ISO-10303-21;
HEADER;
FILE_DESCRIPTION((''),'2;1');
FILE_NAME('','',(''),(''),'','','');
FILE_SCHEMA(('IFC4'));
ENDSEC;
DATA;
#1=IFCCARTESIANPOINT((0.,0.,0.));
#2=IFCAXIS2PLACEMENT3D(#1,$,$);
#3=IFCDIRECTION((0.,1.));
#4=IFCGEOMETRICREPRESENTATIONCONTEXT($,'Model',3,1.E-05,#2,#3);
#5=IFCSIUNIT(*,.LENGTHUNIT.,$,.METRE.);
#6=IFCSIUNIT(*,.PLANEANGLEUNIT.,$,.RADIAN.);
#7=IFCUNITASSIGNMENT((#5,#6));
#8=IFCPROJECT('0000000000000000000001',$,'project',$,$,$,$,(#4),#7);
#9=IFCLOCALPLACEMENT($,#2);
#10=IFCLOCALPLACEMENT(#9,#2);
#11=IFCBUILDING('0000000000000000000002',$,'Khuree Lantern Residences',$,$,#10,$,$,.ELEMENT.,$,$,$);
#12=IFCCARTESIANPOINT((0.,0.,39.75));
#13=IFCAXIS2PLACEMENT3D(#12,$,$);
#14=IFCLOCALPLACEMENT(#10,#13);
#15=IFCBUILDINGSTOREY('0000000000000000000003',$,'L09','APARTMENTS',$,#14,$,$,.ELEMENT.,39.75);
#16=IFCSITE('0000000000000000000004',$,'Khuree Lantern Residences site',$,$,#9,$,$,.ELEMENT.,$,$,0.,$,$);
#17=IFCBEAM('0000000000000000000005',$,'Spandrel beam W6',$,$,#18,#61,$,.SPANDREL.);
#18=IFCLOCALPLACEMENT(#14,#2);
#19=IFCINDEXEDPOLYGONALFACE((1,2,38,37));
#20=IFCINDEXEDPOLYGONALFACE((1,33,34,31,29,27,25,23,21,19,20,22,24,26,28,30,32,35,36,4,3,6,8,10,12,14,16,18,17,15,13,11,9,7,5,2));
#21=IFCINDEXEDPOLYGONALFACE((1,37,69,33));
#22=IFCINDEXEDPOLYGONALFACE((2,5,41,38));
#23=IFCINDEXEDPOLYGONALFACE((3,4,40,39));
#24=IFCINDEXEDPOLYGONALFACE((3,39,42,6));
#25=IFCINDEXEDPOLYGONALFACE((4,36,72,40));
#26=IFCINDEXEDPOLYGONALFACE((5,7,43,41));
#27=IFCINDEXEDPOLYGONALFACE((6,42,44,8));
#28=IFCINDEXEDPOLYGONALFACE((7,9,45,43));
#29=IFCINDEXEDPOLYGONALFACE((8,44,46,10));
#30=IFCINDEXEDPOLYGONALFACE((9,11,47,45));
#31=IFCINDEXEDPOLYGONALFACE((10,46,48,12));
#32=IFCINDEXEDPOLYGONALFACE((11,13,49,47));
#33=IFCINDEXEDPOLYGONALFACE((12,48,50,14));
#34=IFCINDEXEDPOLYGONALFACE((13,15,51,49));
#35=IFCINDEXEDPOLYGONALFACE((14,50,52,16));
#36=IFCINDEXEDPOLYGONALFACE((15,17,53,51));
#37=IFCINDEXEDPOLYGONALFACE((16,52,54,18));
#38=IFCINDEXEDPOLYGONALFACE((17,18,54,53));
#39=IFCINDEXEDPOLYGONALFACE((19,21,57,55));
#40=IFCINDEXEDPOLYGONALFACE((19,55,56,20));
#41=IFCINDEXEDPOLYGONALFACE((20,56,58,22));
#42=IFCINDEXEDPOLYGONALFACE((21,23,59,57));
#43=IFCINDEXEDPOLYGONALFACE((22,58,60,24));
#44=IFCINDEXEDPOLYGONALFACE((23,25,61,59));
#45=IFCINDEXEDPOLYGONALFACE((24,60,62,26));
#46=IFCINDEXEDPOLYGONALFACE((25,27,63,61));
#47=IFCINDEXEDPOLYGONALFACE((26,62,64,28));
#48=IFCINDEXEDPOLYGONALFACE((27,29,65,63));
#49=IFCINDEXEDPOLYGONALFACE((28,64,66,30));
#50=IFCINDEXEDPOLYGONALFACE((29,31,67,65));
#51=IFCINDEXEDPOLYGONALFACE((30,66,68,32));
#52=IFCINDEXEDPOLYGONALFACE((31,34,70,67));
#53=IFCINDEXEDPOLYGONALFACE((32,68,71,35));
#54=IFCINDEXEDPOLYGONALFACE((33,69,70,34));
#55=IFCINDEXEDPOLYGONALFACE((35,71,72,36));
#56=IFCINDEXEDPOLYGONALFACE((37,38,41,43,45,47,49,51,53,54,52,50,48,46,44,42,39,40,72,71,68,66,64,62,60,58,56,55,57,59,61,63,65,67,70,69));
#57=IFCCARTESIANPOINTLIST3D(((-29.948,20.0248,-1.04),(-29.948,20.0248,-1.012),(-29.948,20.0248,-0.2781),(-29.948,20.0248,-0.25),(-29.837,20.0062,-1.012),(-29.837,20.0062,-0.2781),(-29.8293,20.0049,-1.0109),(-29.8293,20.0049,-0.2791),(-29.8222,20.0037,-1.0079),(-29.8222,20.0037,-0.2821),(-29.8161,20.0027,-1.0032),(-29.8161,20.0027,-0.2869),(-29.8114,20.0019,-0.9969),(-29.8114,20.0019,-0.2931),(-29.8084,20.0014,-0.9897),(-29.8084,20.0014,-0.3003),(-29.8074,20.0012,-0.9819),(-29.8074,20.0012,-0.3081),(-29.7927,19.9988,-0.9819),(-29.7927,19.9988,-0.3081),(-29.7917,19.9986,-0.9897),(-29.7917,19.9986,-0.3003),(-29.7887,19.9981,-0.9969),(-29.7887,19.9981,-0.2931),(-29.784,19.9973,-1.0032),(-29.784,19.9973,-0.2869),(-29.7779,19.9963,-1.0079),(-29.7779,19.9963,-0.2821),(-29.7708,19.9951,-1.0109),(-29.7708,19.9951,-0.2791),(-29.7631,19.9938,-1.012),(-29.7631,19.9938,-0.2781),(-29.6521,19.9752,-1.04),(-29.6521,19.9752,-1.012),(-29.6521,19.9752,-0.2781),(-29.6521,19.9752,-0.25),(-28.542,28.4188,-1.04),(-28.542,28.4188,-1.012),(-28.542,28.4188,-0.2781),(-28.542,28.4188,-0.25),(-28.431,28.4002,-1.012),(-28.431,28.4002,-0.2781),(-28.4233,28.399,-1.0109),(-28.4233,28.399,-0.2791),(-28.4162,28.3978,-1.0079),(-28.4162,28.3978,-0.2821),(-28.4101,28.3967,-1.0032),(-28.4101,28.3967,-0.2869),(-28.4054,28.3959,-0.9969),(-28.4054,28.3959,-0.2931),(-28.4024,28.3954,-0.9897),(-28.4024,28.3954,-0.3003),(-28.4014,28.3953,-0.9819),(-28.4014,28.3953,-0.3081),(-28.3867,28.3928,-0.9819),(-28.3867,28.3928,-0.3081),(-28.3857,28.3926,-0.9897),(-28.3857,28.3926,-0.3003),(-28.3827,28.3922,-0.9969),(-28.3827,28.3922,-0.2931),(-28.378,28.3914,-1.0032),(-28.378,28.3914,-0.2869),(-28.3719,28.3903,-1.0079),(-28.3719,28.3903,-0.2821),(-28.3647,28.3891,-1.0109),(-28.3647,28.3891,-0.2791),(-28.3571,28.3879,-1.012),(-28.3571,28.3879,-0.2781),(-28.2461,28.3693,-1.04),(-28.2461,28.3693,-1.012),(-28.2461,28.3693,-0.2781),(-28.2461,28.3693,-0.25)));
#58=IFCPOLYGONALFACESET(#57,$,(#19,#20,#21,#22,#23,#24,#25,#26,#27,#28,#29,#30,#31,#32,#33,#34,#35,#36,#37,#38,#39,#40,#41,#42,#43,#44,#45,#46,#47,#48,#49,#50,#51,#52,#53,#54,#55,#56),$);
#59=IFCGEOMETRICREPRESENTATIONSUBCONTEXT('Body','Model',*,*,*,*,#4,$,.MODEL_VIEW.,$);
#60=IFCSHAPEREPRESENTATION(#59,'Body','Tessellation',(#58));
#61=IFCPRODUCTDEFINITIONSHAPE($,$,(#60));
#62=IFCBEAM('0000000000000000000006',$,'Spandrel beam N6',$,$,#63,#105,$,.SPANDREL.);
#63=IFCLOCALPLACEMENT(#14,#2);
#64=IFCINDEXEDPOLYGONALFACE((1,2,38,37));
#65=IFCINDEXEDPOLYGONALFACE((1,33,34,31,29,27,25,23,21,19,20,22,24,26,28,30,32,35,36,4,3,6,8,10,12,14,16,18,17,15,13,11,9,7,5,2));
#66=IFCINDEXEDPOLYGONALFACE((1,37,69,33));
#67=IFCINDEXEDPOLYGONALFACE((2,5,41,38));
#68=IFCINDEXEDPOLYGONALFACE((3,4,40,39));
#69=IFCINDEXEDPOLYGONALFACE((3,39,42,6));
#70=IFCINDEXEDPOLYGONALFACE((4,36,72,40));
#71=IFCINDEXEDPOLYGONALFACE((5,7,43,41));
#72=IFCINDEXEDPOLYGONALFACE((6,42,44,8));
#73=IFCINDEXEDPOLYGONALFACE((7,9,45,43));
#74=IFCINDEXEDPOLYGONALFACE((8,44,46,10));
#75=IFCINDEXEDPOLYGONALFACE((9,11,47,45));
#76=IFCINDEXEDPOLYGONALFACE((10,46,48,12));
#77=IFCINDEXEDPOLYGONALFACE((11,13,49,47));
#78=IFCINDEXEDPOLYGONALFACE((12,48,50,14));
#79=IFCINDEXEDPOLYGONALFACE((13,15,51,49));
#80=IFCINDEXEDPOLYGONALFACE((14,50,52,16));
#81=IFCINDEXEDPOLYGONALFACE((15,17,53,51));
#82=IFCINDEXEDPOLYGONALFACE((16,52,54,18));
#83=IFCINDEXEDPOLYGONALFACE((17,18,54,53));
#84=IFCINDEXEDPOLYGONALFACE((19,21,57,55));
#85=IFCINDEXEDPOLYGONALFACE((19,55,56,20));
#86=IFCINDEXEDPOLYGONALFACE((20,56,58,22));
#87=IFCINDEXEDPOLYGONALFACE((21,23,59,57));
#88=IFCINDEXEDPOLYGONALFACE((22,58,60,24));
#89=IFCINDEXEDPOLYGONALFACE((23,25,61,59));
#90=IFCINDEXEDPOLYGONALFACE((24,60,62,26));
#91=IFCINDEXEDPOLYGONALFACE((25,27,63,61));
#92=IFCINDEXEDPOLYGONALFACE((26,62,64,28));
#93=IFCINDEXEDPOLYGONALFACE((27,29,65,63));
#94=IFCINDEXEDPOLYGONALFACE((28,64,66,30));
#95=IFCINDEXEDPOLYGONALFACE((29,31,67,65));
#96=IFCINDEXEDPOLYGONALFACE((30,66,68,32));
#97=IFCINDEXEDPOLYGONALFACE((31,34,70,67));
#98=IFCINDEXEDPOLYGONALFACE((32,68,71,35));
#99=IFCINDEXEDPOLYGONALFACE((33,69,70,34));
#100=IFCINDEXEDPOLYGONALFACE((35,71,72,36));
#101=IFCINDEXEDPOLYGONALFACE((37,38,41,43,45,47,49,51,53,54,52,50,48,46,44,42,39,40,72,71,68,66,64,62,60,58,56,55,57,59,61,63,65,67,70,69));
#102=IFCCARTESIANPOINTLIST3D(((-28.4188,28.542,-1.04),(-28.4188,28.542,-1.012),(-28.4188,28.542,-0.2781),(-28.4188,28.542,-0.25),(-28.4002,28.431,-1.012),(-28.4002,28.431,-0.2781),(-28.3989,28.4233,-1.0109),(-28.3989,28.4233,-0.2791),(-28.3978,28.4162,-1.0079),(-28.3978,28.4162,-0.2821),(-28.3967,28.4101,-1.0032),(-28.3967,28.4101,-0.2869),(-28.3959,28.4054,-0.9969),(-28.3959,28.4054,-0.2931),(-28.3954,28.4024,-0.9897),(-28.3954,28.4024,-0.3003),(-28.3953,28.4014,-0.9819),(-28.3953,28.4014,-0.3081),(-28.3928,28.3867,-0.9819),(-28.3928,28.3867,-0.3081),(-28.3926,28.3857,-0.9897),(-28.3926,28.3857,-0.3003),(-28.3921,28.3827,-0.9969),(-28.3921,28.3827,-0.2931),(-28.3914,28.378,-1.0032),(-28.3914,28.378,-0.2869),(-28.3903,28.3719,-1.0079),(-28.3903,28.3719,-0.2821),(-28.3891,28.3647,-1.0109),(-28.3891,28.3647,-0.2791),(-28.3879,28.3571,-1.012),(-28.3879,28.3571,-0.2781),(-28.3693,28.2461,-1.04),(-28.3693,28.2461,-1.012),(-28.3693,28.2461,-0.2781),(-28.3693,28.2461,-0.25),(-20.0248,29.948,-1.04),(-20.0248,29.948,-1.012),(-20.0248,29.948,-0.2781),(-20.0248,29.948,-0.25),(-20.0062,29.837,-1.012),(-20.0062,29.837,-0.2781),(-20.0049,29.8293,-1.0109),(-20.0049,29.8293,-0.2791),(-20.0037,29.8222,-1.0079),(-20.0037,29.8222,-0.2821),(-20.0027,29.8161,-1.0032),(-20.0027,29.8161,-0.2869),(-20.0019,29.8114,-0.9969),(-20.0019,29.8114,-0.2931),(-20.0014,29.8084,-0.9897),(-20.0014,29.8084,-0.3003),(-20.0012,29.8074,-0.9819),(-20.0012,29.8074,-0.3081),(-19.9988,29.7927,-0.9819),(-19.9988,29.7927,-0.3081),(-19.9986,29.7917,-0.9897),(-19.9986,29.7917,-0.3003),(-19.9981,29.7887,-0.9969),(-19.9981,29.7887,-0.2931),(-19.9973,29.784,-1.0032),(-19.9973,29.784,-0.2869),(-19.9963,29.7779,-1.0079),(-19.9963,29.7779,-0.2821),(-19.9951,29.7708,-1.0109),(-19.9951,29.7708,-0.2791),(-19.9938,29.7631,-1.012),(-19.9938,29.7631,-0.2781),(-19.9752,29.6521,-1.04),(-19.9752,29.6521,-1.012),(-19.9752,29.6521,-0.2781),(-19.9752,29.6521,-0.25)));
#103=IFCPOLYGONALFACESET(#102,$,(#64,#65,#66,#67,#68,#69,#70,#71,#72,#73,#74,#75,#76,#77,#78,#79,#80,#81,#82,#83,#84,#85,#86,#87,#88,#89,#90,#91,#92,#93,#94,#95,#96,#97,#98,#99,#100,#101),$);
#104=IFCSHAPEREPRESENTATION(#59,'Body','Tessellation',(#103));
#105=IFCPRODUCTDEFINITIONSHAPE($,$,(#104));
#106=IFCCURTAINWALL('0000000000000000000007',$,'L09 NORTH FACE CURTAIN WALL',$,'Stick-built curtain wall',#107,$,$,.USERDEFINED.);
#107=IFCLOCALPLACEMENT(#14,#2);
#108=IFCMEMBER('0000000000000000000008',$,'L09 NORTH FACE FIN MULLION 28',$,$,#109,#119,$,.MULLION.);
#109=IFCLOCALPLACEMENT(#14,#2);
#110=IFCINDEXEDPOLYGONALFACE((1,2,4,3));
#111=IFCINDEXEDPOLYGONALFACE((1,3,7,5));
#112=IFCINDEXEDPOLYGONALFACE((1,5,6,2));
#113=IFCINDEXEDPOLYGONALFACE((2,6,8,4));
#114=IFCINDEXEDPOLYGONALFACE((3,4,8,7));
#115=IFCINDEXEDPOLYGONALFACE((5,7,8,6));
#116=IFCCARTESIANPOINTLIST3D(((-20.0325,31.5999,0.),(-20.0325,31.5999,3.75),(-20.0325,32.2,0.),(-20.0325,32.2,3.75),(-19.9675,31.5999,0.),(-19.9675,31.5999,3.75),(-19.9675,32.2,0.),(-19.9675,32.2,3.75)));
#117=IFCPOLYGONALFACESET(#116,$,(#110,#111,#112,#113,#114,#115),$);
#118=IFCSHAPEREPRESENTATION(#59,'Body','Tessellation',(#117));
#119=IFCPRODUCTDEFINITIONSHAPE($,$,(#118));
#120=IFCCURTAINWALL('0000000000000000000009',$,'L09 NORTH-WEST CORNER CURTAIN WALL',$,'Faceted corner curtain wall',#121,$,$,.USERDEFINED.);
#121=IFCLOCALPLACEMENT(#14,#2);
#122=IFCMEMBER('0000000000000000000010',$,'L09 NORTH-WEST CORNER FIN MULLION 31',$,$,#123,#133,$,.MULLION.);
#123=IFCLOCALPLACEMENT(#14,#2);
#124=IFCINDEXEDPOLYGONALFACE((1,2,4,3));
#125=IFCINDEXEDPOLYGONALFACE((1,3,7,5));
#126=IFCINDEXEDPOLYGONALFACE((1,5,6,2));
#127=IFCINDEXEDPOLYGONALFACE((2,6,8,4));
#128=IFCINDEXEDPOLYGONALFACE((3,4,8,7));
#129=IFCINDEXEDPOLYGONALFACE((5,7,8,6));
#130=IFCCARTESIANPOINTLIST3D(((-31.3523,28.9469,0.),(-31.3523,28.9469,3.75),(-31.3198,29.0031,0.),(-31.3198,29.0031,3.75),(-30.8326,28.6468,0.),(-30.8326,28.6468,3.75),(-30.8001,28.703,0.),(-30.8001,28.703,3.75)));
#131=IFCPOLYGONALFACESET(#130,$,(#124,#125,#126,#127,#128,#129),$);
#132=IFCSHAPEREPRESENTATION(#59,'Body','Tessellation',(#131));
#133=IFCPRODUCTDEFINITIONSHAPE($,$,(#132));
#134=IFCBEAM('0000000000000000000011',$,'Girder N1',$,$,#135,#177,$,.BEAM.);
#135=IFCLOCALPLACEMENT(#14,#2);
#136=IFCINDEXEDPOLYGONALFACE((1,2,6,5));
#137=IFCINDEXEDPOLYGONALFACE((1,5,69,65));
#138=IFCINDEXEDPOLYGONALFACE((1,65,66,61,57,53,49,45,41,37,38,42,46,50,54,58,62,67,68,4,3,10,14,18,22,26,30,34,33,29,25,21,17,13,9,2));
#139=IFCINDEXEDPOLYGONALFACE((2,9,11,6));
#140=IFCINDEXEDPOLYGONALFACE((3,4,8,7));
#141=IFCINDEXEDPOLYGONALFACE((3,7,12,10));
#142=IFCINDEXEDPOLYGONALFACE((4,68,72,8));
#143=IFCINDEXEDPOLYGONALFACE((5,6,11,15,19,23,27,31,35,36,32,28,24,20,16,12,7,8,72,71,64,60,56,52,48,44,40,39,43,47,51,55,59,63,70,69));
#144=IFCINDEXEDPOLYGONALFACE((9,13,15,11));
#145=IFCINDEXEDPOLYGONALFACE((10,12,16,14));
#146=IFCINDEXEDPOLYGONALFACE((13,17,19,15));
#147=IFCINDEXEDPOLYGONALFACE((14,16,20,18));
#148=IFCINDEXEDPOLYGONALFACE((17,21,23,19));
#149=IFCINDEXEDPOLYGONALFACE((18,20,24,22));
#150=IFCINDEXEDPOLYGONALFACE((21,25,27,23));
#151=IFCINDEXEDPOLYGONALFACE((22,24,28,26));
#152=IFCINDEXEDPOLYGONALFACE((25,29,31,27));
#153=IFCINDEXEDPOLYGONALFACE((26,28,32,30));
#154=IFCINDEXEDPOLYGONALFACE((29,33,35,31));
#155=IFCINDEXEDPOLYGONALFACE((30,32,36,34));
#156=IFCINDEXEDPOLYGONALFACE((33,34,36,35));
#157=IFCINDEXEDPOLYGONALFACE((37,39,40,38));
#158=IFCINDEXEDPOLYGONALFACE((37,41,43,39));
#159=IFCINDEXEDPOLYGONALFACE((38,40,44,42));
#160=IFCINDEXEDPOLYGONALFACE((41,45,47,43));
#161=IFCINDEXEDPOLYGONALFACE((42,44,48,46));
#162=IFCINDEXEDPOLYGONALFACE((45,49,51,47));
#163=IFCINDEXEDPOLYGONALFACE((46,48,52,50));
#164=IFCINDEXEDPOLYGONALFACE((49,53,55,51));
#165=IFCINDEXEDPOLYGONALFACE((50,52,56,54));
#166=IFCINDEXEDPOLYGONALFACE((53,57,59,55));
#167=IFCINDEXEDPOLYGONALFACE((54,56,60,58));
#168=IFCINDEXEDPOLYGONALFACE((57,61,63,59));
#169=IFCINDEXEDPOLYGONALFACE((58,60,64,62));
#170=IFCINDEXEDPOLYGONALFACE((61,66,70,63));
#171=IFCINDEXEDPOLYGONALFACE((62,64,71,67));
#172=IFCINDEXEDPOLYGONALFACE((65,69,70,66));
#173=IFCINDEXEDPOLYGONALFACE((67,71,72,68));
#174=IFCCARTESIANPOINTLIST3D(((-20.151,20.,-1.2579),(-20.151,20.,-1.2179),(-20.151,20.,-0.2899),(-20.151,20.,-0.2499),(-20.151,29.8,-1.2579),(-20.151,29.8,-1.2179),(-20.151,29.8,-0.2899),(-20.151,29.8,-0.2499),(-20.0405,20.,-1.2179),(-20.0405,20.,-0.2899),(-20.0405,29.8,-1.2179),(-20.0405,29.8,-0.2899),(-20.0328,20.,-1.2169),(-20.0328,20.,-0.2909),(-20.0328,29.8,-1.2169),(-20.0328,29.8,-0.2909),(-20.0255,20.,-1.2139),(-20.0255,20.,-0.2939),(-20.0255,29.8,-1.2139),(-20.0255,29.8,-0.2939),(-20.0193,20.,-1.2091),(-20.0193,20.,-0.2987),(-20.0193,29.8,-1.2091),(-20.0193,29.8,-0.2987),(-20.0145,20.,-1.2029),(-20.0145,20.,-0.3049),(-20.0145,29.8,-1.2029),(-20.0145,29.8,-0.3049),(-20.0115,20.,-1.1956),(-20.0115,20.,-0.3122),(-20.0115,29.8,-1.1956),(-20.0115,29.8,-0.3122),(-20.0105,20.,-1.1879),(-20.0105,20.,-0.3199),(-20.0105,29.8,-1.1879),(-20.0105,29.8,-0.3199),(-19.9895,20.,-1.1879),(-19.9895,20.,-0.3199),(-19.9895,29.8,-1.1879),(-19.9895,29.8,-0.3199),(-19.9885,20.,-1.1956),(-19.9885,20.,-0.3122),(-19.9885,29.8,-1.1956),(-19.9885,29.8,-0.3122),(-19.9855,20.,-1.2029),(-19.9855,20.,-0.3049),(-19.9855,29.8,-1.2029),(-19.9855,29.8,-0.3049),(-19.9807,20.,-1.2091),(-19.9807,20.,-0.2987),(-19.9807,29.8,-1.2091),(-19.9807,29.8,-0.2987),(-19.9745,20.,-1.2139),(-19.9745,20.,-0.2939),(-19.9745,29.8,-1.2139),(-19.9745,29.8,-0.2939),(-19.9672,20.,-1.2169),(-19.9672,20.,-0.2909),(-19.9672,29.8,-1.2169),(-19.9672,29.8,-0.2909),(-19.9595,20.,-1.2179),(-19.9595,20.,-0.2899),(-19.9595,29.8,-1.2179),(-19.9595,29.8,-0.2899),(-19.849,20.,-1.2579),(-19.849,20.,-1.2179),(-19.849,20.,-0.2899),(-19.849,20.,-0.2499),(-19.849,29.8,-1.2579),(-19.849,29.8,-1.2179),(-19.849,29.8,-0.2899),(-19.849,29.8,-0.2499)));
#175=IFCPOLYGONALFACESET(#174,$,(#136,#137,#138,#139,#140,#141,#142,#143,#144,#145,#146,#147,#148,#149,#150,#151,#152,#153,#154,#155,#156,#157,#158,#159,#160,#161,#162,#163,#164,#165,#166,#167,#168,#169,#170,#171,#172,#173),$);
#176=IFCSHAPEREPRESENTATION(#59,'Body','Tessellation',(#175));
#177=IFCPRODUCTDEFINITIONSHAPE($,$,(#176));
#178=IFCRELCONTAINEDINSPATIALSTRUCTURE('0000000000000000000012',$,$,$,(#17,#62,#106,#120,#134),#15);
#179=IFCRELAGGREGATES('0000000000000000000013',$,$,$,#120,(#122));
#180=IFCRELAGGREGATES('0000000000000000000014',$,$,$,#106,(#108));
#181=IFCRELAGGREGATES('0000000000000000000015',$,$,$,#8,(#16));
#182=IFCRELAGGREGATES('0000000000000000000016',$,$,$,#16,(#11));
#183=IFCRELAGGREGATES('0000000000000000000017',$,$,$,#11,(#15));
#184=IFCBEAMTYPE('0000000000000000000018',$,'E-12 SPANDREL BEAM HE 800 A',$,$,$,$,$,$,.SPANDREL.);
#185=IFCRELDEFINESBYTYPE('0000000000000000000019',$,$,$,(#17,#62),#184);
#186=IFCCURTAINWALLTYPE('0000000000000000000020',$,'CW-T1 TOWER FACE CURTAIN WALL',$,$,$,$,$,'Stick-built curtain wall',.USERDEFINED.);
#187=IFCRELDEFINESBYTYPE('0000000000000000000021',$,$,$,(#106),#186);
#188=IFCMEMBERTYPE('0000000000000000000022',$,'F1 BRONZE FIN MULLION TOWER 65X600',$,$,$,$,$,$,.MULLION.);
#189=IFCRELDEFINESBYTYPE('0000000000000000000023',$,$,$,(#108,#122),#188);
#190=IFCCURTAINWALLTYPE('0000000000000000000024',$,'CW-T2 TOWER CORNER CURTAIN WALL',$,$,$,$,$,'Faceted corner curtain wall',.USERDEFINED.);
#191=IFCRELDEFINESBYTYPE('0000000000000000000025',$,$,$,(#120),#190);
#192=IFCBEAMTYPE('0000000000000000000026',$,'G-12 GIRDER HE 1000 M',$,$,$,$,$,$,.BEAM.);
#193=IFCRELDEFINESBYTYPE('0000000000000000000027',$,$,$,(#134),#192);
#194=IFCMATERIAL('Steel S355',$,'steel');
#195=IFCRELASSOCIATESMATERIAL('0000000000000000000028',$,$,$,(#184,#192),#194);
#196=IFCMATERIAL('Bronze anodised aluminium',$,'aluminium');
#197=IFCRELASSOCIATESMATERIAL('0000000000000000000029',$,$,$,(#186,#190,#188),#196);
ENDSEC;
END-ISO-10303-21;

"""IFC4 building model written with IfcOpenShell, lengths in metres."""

from ifc_helpers import new_model, si_unit, direction, frame, origin, origin_2d, place, context, subcontext, project, spatial, rectangle, i_section, extrude, material, material_profile, profile_set, type_object, element, aggregate, save


model = new_model("IFC4")

# Units and contexts
model_context = context("Model", 3, precision=1e-05, world=origin(), true_north=direction((0.0, 1.0)))
body_context = subcontext(model_context, "Body", "Model", "MODEL_VIEW")
ifc_project = project(units=[si_unit("LENGTHUNIT", "METRE"), si_unit("PLANEANGLEUNIT", "RADIAN")], contexts=[model_context])

# Site, building, storey
site_placement = place(None, origin())
site = spatial("IfcSite", under=ifc_project, at=site_placement, Name="Khuree Lantern Residences site", CompositionType="ELEMENT", RefElevation=0.0)
building_placement = place(site_placement, origin())
building = spatial("IfcBuilding", under=site, at=building_placement, Name="Khuree Lantern Residences", CompositionType="ELEMENT")
storey_placement = place(building_placement, frame((0.0, 0.0, 39.75)))
storey = spatial("IfcBuildingStorey", under=building, at=storey_placement, Name="L09", Description="APARTMENTS", CompositionType="ELEMENT", Elevation=39.75)

# Beams
ifc_material_1 = material(Name="Steel S355", Category="steel")
ifc_material_profile_1 = material_profile(ifc_material_1, i_section(OverallWidth=0.3, OverallDepth=0.79, WebThickness=0.0149, FlangeThickness=0.0281, FilletRadius=0.03, at=origin_2d()), Name="HE 800 A")
ifc_profile_set_1 = profile_set([ifc_material_profile_1], Name="Steel S355")
beam_type_1 = type_object("IfcBeamType", Name="E-12 SPANDREL BEAM HE 800 A", PredefinedType="SPANDREL", material=ifc_profile_set_1)
for number, where, z_axis, x_axis, name in (
    (1, (-29.8, 20.0, -0.645), (0.165199, 0.98626, 0.0), (-0.98626, 0.165199, 0.0), "Spandrel beam W6"),
    (2, (-28.394, 28.394, -0.645), (0.98626, 0.165199, 0.0), (-0.165199, 0.98626, 0.0), "Spandrel beam N6"),
):
    element("IfcBeam", number, at=place(storey_placement, frame(where, z_axis=z_axis, x_axis=x_axis)), inside=storey, type_object=beam_type_1, Name=name, PredefinedType="SPANDREL", context=body_context, shape_type="SweptSolid", body=[
        extrude(i_section(OverallWidth=0.3, OverallDepth=0.79, WebThickness=0.0149, FlangeThickness=0.0281, FilletRadius=0.03, at=origin_2d()), origin(), (0.0, 0.0, 1.0), 8.511),
    ])

# Curtain walls, members
ifc_material_2 = material(Name="Bronze anodised aluminium", Category="aluminium")
curtain_wall_type_1 = type_object("IfcCurtainWallType", Name="CW-T1 TOWER FACE CURTAIN WALL", ElementType="Stick-built curtain wall", PredefinedType="USERDEFINED", material=ifc_material_2)
curtain_wall_1_placement = place(storey_placement, origin())
curtain_wall_1 = element("IfcCurtainWall", 3, at=curtain_wall_1_placement, inside=storey, type_object=curtain_wall_type_1, Name="L09 NORTH FACE CURTAIN WALL", ObjectType="Stick-built curtain wall", PredefinedType="USERDEFINED")
ifc_material_profile_2 = material_profile(ifc_material_2, rectangle(XDim=0.0649, YDim=0.6001, at=origin_2d()), Name="F1 65X600")
ifc_profile_set_2 = profile_set([ifc_material_profile_2], Name="Bronze anodised aluminium")
member_type_1 = type_object("IfcMemberType", Name="F1 BRONZE FIN MULLION TOWER 65X600", PredefinedType="MULLION", material=ifc_profile_set_2)
member_1_placement = place(storey_placement, frame((-20.0, 31.8999, 0.0), z_axis=(0.0, 0.0, 1.0), x_axis=(-1.0, 0.0, 0.0)))
member_1 = element("IfcMember", 4, at=member_1_placement, type_object=member_type_1, Name="L09 NORTH FACE FIN MULLION 28", PredefinedType="MULLION", context=body_context, shape_type="SweptSolid", body=[
    extrude(rectangle(XDim=0.0649, YDim=0.6001, at=origin_2d()), origin(), (0.0, 0.0, 1.0), 3.75),
])
curtain_wall_type_2 = type_object("IfcCurtainWallType", Name="CW-T2 TOWER CORNER CURTAIN WALL", ElementType="Faceted corner curtain wall", PredefinedType="USERDEFINED", material=ifc_material_2)
curtain_wall_2_placement = place(storey_placement, origin())
curtain_wall_2 = element("IfcCurtainWall", 5, at=curtain_wall_2_placement, inside=storey, type_object=curtain_wall_type_2, Name="L09 NORTH-WEST CORNER CURTAIN WALL", ObjectType="Faceted corner curtain wall", PredefinedType="USERDEFINED")
member_2_placement = place(storey_placement, frame((-31.0762, 28.825, 0.0), z_axis=(0.0, 0.0, 1.0), x_axis=(-0.5, -0.866025, 0.0)))
member_2 = element("IfcMember", 6, at=member_2_placement, type_object=member_type_1, Name="L09 NORTH-WEST CORNER FIN MULLION 31", PredefinedType="MULLION", context=body_context, shape_type="SweptSolid", body=[
    extrude(rectangle(XDim=0.0649, YDim=0.6001, at=origin_2d()), origin(), (0.0, 0.0, 1.0), 3.75),
])

# Beam
ifc_material_profile_3 = material_profile(ifc_material_1, i_section(OverallWidth=0.302, OverallDepth=1.0081, WebThickness=0.021, FlangeThickness=0.04, FilletRadius=0.03, at=origin_2d()), Name="HE 1000 M")
ifc_profile_set_3 = profile_set([ifc_material_profile_3], Name="Steel S355")
beam_type_2 = type_object("IfcBeamType", Name="G-12 GIRDER HE 1000 M", PredefinedType="BEAM", material=ifc_profile_set_3)
for number, where, z_axis, x_axis, name in (
    (7, (-20.0, 29.8, -0.7539), (0.0, -1.0, 0.0), (1.0, 0.0, 0.0), "Girder N1"),
):
    element("IfcBeam", number, at=place(storey_placement, frame(where, z_axis=z_axis, x_axis=x_axis)), inside=storey, type_object=beam_type_2, Name=name, PredefinedType="BEAM", context=body_context, shape_type="SweptSolid", body=[
        extrude(i_section(OverallWidth=0.302, OverallDepth=1.0081, WebThickness=0.021, FlangeThickness=0.04, FilletRadius=0.03, at=origin_2d()), origin(), (0.0, 0.0, 1.0), 9.8),
    ])

aggregate(curtain_wall_2, [member_2])
aggregate(curtain_wall_1, [member_1])

save(model, "model.ifc")
